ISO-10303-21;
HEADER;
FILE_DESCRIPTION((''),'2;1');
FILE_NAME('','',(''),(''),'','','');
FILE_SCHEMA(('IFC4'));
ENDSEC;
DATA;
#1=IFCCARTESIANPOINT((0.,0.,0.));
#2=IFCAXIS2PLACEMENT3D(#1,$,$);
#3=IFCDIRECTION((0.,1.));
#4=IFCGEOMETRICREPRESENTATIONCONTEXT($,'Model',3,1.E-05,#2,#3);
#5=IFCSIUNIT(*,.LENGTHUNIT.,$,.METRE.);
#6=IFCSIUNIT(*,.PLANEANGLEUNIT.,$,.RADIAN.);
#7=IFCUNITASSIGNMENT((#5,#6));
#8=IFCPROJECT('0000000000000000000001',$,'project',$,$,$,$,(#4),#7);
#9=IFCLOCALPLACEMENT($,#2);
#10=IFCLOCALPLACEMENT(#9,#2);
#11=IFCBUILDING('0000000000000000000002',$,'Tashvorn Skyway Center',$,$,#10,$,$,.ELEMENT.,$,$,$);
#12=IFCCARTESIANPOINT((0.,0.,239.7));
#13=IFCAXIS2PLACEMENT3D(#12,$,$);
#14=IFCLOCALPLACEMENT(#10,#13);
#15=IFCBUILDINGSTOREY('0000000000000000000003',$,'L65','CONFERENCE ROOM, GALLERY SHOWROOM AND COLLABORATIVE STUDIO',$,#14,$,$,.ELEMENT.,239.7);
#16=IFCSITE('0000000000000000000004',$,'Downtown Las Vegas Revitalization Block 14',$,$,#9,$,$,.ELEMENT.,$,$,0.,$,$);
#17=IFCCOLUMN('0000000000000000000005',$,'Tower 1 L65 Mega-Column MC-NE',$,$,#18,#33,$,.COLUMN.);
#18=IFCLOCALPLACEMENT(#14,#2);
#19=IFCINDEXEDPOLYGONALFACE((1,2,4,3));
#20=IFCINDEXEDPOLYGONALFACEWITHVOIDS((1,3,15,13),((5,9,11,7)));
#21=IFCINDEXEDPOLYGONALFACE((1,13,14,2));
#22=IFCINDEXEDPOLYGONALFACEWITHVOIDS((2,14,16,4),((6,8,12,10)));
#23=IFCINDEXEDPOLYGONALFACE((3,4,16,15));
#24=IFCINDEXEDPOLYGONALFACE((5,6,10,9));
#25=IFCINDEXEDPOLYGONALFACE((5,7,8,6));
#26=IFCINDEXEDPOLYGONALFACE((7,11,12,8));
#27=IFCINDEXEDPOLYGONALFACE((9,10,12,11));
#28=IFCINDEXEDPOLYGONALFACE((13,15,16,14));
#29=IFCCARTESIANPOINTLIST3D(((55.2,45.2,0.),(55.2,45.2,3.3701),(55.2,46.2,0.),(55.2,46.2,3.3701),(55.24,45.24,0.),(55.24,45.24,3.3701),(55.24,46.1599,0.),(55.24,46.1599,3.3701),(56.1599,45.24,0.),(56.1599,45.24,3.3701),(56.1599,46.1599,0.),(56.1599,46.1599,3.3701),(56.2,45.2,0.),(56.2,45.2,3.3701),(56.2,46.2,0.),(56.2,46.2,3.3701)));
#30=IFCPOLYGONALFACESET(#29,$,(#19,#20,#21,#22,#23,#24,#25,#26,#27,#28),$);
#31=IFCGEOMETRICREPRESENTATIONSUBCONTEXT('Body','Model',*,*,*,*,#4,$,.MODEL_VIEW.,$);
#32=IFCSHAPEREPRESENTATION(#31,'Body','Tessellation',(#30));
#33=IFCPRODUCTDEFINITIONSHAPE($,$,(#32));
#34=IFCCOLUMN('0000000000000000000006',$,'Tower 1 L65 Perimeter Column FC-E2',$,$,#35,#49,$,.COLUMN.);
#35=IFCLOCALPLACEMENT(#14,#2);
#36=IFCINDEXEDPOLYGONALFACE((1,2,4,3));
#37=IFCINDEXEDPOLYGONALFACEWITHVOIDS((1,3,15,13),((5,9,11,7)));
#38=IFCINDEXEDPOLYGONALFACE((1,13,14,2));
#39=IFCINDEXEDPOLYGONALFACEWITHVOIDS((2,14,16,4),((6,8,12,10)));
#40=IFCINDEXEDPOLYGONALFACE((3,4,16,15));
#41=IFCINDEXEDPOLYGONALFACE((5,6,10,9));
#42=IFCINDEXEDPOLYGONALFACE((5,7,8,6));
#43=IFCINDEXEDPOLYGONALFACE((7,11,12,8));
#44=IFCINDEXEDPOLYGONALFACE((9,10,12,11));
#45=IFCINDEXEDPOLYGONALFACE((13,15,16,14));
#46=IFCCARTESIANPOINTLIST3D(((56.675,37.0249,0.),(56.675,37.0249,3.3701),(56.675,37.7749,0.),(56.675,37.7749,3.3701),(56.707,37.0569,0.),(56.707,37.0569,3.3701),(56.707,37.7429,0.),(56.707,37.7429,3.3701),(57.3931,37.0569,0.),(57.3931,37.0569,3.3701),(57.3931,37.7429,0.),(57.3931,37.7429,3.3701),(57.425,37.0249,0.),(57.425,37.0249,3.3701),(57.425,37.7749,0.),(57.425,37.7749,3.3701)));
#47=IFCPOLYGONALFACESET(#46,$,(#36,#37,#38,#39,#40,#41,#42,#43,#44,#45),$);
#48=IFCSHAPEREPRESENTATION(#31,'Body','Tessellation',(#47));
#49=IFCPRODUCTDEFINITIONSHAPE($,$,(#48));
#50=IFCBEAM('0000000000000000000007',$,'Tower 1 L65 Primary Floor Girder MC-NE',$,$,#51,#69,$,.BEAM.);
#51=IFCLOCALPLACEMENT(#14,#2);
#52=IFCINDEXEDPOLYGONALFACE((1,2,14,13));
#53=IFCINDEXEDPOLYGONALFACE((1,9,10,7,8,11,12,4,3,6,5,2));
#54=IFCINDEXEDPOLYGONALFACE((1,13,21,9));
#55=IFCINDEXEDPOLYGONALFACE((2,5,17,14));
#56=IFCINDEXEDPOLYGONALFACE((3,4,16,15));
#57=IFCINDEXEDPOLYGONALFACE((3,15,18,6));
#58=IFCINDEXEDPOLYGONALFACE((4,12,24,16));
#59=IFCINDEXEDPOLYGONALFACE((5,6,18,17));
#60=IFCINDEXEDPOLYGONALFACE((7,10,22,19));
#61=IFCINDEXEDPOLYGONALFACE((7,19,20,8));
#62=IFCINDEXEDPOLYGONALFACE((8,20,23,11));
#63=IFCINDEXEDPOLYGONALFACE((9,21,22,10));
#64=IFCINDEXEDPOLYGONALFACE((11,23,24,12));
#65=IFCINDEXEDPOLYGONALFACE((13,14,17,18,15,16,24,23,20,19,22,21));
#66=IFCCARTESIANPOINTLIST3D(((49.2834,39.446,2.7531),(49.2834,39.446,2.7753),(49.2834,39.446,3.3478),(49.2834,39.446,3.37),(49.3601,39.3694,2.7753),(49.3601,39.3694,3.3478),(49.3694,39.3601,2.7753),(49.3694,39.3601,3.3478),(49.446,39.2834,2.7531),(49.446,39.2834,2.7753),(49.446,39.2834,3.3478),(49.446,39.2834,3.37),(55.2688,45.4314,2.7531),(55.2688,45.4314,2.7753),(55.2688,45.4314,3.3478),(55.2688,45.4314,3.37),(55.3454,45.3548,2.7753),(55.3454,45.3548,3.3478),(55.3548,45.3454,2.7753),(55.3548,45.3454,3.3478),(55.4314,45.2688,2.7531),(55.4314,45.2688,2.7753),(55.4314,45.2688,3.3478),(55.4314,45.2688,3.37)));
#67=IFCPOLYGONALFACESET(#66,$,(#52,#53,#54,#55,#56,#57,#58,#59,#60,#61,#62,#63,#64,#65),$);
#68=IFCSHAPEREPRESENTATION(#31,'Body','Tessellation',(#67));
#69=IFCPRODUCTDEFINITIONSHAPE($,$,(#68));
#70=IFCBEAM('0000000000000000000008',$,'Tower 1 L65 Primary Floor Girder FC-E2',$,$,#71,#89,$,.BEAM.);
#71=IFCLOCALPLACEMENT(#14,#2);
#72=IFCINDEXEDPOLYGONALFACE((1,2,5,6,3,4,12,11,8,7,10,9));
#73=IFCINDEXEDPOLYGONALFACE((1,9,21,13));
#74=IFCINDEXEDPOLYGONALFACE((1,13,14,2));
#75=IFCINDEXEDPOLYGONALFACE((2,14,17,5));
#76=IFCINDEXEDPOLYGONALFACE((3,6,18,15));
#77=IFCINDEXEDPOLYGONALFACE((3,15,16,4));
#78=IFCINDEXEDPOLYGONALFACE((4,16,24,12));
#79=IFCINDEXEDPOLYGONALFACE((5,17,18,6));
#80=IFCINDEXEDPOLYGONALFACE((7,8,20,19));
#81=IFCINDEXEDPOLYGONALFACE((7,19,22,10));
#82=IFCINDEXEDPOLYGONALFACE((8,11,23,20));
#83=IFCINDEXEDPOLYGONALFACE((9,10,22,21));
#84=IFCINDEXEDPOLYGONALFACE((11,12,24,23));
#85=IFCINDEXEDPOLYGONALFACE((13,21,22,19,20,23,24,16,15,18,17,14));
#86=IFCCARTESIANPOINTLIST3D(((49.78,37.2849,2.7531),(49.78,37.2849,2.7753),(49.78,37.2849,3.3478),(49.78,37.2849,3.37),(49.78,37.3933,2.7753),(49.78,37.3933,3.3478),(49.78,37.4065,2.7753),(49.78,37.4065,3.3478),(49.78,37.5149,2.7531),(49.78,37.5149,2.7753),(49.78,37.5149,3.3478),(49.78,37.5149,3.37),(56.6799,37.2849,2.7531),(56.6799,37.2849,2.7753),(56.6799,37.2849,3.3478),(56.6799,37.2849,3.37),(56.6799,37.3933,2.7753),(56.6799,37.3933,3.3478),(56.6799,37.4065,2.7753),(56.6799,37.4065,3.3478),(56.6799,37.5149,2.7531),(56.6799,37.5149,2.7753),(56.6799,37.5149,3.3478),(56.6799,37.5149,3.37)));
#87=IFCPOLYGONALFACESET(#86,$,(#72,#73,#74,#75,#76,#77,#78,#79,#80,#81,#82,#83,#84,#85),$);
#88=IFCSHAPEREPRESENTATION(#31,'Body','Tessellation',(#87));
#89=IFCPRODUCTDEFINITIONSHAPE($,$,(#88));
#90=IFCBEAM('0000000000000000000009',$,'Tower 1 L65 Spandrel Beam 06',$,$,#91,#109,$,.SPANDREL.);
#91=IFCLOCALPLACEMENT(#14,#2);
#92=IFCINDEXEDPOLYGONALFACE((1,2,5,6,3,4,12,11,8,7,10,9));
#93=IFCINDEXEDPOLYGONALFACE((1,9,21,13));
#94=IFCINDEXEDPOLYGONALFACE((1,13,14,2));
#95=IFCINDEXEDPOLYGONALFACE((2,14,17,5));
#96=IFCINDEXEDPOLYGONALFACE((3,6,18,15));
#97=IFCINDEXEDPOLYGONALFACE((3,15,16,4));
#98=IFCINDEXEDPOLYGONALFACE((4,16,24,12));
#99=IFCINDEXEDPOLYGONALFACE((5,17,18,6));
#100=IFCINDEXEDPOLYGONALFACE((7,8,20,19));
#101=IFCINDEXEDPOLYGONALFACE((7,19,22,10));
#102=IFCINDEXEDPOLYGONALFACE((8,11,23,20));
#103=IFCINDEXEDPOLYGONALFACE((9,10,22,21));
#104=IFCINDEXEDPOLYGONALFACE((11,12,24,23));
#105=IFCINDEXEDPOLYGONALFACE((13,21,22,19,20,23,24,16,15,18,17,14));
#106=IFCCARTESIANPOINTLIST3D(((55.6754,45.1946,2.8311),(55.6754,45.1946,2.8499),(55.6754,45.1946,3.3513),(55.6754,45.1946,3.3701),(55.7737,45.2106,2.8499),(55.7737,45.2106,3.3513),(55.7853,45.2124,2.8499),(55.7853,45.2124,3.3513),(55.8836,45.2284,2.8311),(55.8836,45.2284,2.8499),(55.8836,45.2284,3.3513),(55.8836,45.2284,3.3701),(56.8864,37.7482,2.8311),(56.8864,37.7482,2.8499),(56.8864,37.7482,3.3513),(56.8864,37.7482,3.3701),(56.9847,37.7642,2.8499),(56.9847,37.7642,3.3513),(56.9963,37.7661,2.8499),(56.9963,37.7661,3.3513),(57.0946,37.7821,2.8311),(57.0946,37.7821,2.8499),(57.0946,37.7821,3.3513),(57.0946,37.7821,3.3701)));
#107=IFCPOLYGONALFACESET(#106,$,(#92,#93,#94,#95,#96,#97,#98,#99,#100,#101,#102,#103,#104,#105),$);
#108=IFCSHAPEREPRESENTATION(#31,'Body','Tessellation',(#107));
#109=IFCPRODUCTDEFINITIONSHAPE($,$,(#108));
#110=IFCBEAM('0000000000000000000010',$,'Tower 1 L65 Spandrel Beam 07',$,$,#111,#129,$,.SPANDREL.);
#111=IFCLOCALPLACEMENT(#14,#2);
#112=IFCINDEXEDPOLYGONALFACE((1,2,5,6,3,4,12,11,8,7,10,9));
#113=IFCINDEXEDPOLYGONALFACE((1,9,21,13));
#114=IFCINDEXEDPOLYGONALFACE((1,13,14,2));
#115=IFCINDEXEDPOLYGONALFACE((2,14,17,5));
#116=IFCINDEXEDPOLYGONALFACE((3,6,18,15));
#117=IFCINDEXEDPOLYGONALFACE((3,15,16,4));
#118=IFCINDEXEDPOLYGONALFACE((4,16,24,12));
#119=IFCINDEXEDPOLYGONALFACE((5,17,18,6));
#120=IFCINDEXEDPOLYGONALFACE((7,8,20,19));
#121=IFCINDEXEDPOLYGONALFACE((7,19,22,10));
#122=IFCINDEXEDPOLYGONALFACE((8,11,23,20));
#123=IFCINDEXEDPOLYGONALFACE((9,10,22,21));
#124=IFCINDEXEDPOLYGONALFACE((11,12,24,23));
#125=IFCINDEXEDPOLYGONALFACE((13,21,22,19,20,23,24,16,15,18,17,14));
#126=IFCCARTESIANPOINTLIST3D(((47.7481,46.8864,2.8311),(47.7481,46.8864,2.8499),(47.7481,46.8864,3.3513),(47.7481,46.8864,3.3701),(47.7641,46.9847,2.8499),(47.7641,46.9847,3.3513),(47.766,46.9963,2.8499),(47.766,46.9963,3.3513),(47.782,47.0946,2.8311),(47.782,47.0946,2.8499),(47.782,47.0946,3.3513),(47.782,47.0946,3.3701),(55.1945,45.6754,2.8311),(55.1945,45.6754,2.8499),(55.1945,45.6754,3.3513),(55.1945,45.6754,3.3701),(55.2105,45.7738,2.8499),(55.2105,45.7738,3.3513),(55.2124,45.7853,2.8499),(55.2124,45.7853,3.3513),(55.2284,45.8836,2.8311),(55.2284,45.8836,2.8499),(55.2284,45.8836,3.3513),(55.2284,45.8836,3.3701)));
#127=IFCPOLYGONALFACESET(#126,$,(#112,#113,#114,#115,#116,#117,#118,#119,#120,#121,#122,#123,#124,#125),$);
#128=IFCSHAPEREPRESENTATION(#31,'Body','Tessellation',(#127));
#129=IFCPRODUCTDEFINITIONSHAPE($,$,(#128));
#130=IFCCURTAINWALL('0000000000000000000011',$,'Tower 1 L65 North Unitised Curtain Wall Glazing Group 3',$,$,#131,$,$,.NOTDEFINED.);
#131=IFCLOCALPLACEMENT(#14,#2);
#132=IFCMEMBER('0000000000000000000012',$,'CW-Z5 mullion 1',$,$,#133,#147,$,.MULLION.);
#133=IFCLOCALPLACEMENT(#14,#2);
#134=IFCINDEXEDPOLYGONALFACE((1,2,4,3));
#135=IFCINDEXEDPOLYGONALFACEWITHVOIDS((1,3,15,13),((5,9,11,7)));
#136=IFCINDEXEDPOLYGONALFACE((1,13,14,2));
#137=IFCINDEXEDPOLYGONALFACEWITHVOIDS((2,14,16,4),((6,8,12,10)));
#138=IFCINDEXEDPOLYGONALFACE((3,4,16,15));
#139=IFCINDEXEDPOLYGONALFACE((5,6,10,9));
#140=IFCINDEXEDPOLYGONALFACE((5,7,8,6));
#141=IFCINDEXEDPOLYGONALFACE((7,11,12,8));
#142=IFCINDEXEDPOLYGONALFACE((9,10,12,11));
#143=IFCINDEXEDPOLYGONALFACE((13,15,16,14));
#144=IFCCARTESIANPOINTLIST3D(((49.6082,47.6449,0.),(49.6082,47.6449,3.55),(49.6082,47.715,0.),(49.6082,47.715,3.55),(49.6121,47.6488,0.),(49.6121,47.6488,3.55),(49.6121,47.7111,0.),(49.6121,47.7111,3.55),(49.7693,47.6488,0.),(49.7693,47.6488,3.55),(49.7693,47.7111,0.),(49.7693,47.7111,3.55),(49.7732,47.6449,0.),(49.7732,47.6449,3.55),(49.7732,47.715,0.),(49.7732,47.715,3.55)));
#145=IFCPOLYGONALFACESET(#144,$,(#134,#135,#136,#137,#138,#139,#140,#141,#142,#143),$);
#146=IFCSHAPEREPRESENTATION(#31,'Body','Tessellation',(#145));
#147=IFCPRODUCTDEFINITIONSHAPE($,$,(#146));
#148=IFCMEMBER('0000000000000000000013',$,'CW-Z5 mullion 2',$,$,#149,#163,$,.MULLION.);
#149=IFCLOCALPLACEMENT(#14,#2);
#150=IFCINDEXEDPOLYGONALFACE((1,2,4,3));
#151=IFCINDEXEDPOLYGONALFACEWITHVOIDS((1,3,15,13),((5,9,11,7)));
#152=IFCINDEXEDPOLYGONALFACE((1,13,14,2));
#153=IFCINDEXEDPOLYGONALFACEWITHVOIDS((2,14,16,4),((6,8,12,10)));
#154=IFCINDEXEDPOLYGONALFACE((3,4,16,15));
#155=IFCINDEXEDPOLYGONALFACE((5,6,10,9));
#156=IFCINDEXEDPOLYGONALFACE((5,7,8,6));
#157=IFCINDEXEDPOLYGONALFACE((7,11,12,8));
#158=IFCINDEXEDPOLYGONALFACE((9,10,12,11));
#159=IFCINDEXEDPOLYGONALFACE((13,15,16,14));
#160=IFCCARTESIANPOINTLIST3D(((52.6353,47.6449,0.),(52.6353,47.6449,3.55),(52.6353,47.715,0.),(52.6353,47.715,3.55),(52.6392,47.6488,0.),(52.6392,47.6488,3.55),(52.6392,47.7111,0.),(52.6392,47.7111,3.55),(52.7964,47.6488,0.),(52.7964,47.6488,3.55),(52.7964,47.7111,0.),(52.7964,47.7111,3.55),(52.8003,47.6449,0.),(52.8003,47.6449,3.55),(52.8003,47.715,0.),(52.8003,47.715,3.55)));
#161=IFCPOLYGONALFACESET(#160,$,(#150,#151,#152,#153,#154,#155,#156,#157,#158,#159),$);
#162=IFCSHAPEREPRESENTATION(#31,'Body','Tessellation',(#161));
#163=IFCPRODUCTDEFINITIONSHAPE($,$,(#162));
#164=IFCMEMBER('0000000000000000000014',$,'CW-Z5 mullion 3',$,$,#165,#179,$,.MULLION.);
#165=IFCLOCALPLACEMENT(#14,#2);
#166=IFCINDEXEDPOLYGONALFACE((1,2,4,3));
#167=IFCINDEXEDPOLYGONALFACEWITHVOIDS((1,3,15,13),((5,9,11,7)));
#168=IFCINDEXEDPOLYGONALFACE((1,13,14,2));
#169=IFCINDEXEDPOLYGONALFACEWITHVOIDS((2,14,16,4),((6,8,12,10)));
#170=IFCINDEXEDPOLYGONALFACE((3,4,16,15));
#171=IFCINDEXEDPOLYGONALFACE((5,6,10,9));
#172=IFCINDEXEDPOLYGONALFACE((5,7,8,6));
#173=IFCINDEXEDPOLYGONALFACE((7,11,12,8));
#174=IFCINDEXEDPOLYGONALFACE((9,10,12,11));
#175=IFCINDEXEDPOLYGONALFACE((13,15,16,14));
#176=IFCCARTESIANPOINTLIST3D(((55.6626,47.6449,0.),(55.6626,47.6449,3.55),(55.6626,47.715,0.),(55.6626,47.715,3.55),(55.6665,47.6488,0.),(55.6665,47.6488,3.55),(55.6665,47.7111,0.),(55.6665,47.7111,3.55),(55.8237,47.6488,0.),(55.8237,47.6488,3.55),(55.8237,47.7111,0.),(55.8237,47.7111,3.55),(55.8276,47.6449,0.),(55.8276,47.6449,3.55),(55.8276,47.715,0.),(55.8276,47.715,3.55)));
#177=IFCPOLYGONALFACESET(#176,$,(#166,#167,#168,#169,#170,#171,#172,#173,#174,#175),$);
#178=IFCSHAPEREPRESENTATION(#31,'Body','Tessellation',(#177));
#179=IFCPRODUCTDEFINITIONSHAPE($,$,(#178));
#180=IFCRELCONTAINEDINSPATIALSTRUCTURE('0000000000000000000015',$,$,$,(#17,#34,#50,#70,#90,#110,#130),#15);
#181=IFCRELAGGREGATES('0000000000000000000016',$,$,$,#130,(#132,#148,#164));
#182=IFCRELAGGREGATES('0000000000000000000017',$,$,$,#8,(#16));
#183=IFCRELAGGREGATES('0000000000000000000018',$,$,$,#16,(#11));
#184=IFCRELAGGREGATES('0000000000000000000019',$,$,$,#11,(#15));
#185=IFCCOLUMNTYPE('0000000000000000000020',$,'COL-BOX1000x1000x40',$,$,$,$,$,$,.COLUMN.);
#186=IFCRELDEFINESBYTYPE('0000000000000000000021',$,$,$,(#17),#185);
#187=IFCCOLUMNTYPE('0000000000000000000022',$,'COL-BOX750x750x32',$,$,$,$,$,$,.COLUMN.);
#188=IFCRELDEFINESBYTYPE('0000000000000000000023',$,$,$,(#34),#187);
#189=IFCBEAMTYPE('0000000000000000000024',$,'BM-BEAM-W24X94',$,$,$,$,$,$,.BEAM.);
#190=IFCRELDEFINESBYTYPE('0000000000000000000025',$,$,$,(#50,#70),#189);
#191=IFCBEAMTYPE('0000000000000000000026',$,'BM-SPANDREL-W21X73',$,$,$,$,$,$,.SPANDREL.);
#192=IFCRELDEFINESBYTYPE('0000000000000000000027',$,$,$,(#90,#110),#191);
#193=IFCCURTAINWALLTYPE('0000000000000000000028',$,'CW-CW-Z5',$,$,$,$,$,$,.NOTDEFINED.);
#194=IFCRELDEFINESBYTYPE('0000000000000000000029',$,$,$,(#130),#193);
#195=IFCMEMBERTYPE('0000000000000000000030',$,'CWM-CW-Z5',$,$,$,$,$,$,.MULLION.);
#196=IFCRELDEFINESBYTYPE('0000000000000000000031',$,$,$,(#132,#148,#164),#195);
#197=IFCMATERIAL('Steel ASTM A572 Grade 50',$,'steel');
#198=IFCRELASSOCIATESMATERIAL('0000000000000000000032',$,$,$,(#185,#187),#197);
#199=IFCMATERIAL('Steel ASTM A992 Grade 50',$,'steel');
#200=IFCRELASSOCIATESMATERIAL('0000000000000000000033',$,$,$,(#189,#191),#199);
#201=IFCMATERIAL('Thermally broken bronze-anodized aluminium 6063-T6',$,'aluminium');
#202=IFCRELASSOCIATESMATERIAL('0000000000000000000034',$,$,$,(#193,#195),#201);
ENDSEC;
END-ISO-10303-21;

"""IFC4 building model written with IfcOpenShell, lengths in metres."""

from ifc_helpers import new_model, si_unit, direction, frame, origin, origin_2d, place, context, subcontext, project, spatial, hollow_rectangle, i_section, extrude, material, material_profile, profile_set, type_object, element, aggregate, save


model = new_model("IFC4")

# Units and contexts
model_context = context("Model", 3, precision=1e-05, world=origin(), true_north=direction((0.0, 1.0)))
body_context = subcontext(model_context, "Body", "Model", "MODEL_VIEW")
ifc_project = project(units=[si_unit("LENGTHUNIT", "METRE"), si_unit("PLANEANGLEUNIT", "RADIAN")], contexts=[model_context])

# Site, building, storey
site_placement = place(None, origin())
site = spatial("IfcSite", under=ifc_project, at=site_placement, Name="Downtown Las Vegas Revitalization Block 14", CompositionType="ELEMENT", RefElevation=0.0)
building_placement = place(site_placement, origin())
building = spatial("IfcBuilding", under=site, at=building_placement, Name="Tashvorn Skyway Center", CompositionType="ELEMENT")
storey_placement = place(building_placement, frame((0.0, 0.0, 239.7)))
storey = spatial("IfcBuildingStorey", under=building, at=storey_placement, Name="L65", Description="CONFERENCE ROOM, GALLERY SHOWROOM AND COLLABORATIVE STUDIO", CompositionType="ELEMENT", Elevation=239.7)

# Columns
ifc_material_1 = material(Name="Steel ASTM A572 Grade 50", Category="steel")
ifc_material_profile_1 = material_profile(ifc_material_1, hollow_rectangle(XDim=1.0, YDim=1.0, WallThickness=0.04, at=origin_2d()), Name="BOX1000x1000x40")
ifc_profile_set_1 = profile_set([ifc_material_profile_1], Name="Steel ASTM A572 Grade 50")
column_type_1 = type_object("IfcColumnType", Name="COL-BOX1000x1000x40", PredefinedType="COLUMN", material=ifc_profile_set_1)
column_1_placement = place(storey_placement, frame((55.7, 45.7, 0.0), z_axis=(0.0, 0.0, 1.0), x_axis=(1.0, 0.0, 0.0)))
element("IfcColumn", 1, at=column_1_placement, inside=storey, type_object=column_type_1, Name="Tower 1 L65 Mega-Column MC-NE", PredefinedType="COLUMN", context=body_context, shape_type="SweptSolid", body=[
    extrude(hollow_rectangle(XDim=1.0, YDim=1.0, WallThickness=0.04, at=origin_2d()), origin(), (0.0, 0.0, 1.0), 3.3701),
])
ifc_material_profile_2 = material_profile(ifc_material_1, hollow_rectangle(XDim=0.75, YDim=0.75, WallThickness=0.032, at=origin_2d()), Name="BOX750x750x32")
ifc_profile_set_2 = profile_set([ifc_material_profile_2], Name="Steel ASTM A572 Grade 50")
column_type_2 = type_object("IfcColumnType", Name="COL-BOX750x750x32", PredefinedType="COLUMN", material=ifc_profile_set_2)
column_2_placement = place(storey_placement, frame((57.05, 37.3999, 0.0), z_axis=(0.0, 0.0, 1.0), x_axis=(1.0, 0.0, 0.0)))
element("IfcColumn", 2, at=column_2_placement, inside=storey, type_object=column_type_2, Name="Tower 1 L65 Perimeter Column FC-E2", PredefinedType="COLUMN", context=body_context, shape_type="SweptSolid", body=[
    extrude(hollow_rectangle(XDim=0.75, YDim=0.75, WallThickness=0.032, at=origin_2d()), origin(), (0.0, 0.0, 1.0), 3.3701),
])

# Beams
ifc_material_2 = material(Name="Steel ASTM A992 Grade 50", Category="steel")
ifc_material_profile_3 = material_profile(ifc_material_2, i_section(OverallWidth=0.23, OverallDepth=0.6169, WebThickness=0.0132, FlangeThickness=0.0222, at=origin_2d()), Name="W24X94")
ifc_profile_set_3 = profile_set([ifc_material_profile_3], Name="Steel ASTM A992 Grade 50")
beam_type_1 = type_object("IfcBeamType", Name="BM-BEAM-W24X94", PredefinedType="BEAM", material=ifc_profile_set_3)
beam_1_placement = place(storey_placement, frame((55.3501, 45.3501, 3.0615), z_axis=(-0.707107, -0.707107, 0.0), x_axis=(0.707107, -0.707107, 0.0)))
element("IfcBeam", 3, at=beam_1_placement, inside=storey, type_object=beam_type_1, Name="Tower 1 L65 Primary Floor Girder MC-NE", PredefinedType="BEAM", context=body_context, shape_type="SweptSolid", body=[
    extrude(i_section(OverallWidth=0.23, OverallDepth=0.6169, WebThickness=0.0132, FlangeThickness=0.0222, at=origin_2d()), origin(), (0.0, 0.0, 1.0), 8.4646),
])
beam_2_placement = place(storey_placement, frame((56.6799, 37.3999, 3.0615), z_axis=(-1.0, 0.0, 0.0), x_axis=(0.0, -1.0, 0.0)))
element("IfcBeam", 4, at=beam_2_placement, inside=storey, type_object=beam_type_1, Name="Tower 1 L65 Primary Floor Girder FC-E2", PredefinedType="BEAM", context=body_context, shape_type="SweptSolid", body=[
    extrude(i_section(OverallWidth=0.23, OverallDepth=0.6169, WebThickness=0.0132, FlangeThickness=0.0222, at=origin_2d()), origin(), (0.0, 0.0, 1.0), 6.8999),
])
ifc_material_profile_4 = material_profile(ifc_material_2, i_section(OverallWidth=0.2109, OverallDepth=0.5391, WebThickness=0.0117, FlangeThickness=0.0188, at=origin_2d()), Name="W21X73")
ifc_profile_set_4 = profile_set([ifc_material_profile_4], Name="Steel ASTM A992 Grade 50")
beam_type_2 = type_object("IfcBeamType", Name="BM-SPANDREL-W21X73", PredefinedType="SPANDREL", material=ifc_profile_set_4)
for number, where, z_axis, x_axis, name in (
    (5, (56.9905, 37.7651, 3.1006), (-0.160514, 0.987034, 0.0), (-0.987034, -0.160514, 0.0), "Tower 1 L65 Spandrel Beam 06"),
    (6, (55.2114, 45.7795, 3.1006), (-0.987034, 0.160514, 0.0), (-0.160514, -0.987034, 0.0), "Tower 1 L65 Spandrel Beam 07"),
):
    element("IfcBeam", number, at=place(storey_placement, frame(where, z_axis=z_axis, x_axis=x_axis)), inside=storey, type_object=beam_type_2, Name=name, PredefinedType="SPANDREL", context=body_context, shape_type="SweptSolid", body=[
        extrude(i_section(OverallWidth=0.2109, OverallDepth=0.5391, WebThickness=0.0117, FlangeThickness=0.0188, at=origin_2d()), origin(), (0.0, 0.0, 1.0), 7.5442),
    ])

# Curtain wall, members
ifc_material_3 = material(Name="Thermally broken bronze-anodized aluminium 6063-T6", Category="aluminium")
curtain_wall_type = type_object("IfcCurtainWallType", Name="CW-CW-Z5", PredefinedType="NOTDEFINED", material=ifc_material_3)
curtain_wall_1_placement = place(storey_placement, origin())
curtain_wall_1 = element("IfcCurtainWall", 7, at=curtain_wall_1_placement, inside=storey, type_object=curtain_wall_type, Name="Tower 1 L65 North Unitised Curtain Wall Glazing Group 3", PredefinedType="NOTDEFINED")
ifc_material_profile_5 = material_profile(ifc_material_3, hollow_rectangle(XDim=0.0701, YDim=0.165, WallThickness=0.0039, at=origin_2d()), Name="ALU-MULL-70x165")
ifc_profile_set_5 = profile_set([ifc_material_profile_5], Name="Thermally broken bronze-anodized aluminium 6063-T6")
member_type_1 = type_object("IfcMemberType", Name="CWM-CW-Z5", PredefinedType="MULLION", material=ifc_profile_set_5)
member_1_placement = place(storey_placement, frame((49.6907, 47.6799, 0.0), z_axis=(0.0, 0.0, 1.0), x_axis=(0.0, 1.0, 0.0)))
member_1 = element("IfcMember", 8, at=member_1_placement, type_object=member_type_1, Name="CW-Z5 mullion 1", PredefinedType="MULLION", context=body_context, shape_type="SweptSolid", body=[
    extrude(hollow_rectangle(XDim=0.0701, YDim=0.165, WallThickness=0.0039, at=origin_2d()), origin(), (0.0, 0.0, 1.0), 3.55),
])
member_2_placement = place(storey_placement, frame((52.7178, 47.6799, 0.0), z_axis=(0.0, 0.0, 1.0), x_axis=(0.0, 1.0, 0.0)))
member_2 = element("IfcMember", 9, at=member_2_placement, type_object=member_type_1, Name="CW-Z5 mullion 2", PredefinedType="MULLION", context=body_context, shape_type="SweptSolid", body=[
    extrude(hollow_rectangle(XDim=0.0701, YDim=0.165, WallThickness=0.0039, at=origin_2d()), origin(), (0.0, 0.0, 1.0), 3.55),
])
member_3_placement = place(storey_placement, frame((55.7451, 47.6799, 0.0), z_axis=(0.0, 0.0, 1.0), x_axis=(0.0, 1.0, 0.0)))
member_3 = element("IfcMember", 10, at=member_3_placement, type_object=member_type_1, Name="CW-Z5 mullion 3", PredefinedType="MULLION", context=body_context, shape_type="SweptSolid", body=[
    extrude(hollow_rectangle(XDim=0.0701, YDim=0.165, WallThickness=0.0039, at=origin_2d()), origin(), (0.0, 0.0, 1.0), 3.55),
])

aggregate(curtain_wall_1, [member_1, member_2, member_3])

save(model, "model.ifc")
